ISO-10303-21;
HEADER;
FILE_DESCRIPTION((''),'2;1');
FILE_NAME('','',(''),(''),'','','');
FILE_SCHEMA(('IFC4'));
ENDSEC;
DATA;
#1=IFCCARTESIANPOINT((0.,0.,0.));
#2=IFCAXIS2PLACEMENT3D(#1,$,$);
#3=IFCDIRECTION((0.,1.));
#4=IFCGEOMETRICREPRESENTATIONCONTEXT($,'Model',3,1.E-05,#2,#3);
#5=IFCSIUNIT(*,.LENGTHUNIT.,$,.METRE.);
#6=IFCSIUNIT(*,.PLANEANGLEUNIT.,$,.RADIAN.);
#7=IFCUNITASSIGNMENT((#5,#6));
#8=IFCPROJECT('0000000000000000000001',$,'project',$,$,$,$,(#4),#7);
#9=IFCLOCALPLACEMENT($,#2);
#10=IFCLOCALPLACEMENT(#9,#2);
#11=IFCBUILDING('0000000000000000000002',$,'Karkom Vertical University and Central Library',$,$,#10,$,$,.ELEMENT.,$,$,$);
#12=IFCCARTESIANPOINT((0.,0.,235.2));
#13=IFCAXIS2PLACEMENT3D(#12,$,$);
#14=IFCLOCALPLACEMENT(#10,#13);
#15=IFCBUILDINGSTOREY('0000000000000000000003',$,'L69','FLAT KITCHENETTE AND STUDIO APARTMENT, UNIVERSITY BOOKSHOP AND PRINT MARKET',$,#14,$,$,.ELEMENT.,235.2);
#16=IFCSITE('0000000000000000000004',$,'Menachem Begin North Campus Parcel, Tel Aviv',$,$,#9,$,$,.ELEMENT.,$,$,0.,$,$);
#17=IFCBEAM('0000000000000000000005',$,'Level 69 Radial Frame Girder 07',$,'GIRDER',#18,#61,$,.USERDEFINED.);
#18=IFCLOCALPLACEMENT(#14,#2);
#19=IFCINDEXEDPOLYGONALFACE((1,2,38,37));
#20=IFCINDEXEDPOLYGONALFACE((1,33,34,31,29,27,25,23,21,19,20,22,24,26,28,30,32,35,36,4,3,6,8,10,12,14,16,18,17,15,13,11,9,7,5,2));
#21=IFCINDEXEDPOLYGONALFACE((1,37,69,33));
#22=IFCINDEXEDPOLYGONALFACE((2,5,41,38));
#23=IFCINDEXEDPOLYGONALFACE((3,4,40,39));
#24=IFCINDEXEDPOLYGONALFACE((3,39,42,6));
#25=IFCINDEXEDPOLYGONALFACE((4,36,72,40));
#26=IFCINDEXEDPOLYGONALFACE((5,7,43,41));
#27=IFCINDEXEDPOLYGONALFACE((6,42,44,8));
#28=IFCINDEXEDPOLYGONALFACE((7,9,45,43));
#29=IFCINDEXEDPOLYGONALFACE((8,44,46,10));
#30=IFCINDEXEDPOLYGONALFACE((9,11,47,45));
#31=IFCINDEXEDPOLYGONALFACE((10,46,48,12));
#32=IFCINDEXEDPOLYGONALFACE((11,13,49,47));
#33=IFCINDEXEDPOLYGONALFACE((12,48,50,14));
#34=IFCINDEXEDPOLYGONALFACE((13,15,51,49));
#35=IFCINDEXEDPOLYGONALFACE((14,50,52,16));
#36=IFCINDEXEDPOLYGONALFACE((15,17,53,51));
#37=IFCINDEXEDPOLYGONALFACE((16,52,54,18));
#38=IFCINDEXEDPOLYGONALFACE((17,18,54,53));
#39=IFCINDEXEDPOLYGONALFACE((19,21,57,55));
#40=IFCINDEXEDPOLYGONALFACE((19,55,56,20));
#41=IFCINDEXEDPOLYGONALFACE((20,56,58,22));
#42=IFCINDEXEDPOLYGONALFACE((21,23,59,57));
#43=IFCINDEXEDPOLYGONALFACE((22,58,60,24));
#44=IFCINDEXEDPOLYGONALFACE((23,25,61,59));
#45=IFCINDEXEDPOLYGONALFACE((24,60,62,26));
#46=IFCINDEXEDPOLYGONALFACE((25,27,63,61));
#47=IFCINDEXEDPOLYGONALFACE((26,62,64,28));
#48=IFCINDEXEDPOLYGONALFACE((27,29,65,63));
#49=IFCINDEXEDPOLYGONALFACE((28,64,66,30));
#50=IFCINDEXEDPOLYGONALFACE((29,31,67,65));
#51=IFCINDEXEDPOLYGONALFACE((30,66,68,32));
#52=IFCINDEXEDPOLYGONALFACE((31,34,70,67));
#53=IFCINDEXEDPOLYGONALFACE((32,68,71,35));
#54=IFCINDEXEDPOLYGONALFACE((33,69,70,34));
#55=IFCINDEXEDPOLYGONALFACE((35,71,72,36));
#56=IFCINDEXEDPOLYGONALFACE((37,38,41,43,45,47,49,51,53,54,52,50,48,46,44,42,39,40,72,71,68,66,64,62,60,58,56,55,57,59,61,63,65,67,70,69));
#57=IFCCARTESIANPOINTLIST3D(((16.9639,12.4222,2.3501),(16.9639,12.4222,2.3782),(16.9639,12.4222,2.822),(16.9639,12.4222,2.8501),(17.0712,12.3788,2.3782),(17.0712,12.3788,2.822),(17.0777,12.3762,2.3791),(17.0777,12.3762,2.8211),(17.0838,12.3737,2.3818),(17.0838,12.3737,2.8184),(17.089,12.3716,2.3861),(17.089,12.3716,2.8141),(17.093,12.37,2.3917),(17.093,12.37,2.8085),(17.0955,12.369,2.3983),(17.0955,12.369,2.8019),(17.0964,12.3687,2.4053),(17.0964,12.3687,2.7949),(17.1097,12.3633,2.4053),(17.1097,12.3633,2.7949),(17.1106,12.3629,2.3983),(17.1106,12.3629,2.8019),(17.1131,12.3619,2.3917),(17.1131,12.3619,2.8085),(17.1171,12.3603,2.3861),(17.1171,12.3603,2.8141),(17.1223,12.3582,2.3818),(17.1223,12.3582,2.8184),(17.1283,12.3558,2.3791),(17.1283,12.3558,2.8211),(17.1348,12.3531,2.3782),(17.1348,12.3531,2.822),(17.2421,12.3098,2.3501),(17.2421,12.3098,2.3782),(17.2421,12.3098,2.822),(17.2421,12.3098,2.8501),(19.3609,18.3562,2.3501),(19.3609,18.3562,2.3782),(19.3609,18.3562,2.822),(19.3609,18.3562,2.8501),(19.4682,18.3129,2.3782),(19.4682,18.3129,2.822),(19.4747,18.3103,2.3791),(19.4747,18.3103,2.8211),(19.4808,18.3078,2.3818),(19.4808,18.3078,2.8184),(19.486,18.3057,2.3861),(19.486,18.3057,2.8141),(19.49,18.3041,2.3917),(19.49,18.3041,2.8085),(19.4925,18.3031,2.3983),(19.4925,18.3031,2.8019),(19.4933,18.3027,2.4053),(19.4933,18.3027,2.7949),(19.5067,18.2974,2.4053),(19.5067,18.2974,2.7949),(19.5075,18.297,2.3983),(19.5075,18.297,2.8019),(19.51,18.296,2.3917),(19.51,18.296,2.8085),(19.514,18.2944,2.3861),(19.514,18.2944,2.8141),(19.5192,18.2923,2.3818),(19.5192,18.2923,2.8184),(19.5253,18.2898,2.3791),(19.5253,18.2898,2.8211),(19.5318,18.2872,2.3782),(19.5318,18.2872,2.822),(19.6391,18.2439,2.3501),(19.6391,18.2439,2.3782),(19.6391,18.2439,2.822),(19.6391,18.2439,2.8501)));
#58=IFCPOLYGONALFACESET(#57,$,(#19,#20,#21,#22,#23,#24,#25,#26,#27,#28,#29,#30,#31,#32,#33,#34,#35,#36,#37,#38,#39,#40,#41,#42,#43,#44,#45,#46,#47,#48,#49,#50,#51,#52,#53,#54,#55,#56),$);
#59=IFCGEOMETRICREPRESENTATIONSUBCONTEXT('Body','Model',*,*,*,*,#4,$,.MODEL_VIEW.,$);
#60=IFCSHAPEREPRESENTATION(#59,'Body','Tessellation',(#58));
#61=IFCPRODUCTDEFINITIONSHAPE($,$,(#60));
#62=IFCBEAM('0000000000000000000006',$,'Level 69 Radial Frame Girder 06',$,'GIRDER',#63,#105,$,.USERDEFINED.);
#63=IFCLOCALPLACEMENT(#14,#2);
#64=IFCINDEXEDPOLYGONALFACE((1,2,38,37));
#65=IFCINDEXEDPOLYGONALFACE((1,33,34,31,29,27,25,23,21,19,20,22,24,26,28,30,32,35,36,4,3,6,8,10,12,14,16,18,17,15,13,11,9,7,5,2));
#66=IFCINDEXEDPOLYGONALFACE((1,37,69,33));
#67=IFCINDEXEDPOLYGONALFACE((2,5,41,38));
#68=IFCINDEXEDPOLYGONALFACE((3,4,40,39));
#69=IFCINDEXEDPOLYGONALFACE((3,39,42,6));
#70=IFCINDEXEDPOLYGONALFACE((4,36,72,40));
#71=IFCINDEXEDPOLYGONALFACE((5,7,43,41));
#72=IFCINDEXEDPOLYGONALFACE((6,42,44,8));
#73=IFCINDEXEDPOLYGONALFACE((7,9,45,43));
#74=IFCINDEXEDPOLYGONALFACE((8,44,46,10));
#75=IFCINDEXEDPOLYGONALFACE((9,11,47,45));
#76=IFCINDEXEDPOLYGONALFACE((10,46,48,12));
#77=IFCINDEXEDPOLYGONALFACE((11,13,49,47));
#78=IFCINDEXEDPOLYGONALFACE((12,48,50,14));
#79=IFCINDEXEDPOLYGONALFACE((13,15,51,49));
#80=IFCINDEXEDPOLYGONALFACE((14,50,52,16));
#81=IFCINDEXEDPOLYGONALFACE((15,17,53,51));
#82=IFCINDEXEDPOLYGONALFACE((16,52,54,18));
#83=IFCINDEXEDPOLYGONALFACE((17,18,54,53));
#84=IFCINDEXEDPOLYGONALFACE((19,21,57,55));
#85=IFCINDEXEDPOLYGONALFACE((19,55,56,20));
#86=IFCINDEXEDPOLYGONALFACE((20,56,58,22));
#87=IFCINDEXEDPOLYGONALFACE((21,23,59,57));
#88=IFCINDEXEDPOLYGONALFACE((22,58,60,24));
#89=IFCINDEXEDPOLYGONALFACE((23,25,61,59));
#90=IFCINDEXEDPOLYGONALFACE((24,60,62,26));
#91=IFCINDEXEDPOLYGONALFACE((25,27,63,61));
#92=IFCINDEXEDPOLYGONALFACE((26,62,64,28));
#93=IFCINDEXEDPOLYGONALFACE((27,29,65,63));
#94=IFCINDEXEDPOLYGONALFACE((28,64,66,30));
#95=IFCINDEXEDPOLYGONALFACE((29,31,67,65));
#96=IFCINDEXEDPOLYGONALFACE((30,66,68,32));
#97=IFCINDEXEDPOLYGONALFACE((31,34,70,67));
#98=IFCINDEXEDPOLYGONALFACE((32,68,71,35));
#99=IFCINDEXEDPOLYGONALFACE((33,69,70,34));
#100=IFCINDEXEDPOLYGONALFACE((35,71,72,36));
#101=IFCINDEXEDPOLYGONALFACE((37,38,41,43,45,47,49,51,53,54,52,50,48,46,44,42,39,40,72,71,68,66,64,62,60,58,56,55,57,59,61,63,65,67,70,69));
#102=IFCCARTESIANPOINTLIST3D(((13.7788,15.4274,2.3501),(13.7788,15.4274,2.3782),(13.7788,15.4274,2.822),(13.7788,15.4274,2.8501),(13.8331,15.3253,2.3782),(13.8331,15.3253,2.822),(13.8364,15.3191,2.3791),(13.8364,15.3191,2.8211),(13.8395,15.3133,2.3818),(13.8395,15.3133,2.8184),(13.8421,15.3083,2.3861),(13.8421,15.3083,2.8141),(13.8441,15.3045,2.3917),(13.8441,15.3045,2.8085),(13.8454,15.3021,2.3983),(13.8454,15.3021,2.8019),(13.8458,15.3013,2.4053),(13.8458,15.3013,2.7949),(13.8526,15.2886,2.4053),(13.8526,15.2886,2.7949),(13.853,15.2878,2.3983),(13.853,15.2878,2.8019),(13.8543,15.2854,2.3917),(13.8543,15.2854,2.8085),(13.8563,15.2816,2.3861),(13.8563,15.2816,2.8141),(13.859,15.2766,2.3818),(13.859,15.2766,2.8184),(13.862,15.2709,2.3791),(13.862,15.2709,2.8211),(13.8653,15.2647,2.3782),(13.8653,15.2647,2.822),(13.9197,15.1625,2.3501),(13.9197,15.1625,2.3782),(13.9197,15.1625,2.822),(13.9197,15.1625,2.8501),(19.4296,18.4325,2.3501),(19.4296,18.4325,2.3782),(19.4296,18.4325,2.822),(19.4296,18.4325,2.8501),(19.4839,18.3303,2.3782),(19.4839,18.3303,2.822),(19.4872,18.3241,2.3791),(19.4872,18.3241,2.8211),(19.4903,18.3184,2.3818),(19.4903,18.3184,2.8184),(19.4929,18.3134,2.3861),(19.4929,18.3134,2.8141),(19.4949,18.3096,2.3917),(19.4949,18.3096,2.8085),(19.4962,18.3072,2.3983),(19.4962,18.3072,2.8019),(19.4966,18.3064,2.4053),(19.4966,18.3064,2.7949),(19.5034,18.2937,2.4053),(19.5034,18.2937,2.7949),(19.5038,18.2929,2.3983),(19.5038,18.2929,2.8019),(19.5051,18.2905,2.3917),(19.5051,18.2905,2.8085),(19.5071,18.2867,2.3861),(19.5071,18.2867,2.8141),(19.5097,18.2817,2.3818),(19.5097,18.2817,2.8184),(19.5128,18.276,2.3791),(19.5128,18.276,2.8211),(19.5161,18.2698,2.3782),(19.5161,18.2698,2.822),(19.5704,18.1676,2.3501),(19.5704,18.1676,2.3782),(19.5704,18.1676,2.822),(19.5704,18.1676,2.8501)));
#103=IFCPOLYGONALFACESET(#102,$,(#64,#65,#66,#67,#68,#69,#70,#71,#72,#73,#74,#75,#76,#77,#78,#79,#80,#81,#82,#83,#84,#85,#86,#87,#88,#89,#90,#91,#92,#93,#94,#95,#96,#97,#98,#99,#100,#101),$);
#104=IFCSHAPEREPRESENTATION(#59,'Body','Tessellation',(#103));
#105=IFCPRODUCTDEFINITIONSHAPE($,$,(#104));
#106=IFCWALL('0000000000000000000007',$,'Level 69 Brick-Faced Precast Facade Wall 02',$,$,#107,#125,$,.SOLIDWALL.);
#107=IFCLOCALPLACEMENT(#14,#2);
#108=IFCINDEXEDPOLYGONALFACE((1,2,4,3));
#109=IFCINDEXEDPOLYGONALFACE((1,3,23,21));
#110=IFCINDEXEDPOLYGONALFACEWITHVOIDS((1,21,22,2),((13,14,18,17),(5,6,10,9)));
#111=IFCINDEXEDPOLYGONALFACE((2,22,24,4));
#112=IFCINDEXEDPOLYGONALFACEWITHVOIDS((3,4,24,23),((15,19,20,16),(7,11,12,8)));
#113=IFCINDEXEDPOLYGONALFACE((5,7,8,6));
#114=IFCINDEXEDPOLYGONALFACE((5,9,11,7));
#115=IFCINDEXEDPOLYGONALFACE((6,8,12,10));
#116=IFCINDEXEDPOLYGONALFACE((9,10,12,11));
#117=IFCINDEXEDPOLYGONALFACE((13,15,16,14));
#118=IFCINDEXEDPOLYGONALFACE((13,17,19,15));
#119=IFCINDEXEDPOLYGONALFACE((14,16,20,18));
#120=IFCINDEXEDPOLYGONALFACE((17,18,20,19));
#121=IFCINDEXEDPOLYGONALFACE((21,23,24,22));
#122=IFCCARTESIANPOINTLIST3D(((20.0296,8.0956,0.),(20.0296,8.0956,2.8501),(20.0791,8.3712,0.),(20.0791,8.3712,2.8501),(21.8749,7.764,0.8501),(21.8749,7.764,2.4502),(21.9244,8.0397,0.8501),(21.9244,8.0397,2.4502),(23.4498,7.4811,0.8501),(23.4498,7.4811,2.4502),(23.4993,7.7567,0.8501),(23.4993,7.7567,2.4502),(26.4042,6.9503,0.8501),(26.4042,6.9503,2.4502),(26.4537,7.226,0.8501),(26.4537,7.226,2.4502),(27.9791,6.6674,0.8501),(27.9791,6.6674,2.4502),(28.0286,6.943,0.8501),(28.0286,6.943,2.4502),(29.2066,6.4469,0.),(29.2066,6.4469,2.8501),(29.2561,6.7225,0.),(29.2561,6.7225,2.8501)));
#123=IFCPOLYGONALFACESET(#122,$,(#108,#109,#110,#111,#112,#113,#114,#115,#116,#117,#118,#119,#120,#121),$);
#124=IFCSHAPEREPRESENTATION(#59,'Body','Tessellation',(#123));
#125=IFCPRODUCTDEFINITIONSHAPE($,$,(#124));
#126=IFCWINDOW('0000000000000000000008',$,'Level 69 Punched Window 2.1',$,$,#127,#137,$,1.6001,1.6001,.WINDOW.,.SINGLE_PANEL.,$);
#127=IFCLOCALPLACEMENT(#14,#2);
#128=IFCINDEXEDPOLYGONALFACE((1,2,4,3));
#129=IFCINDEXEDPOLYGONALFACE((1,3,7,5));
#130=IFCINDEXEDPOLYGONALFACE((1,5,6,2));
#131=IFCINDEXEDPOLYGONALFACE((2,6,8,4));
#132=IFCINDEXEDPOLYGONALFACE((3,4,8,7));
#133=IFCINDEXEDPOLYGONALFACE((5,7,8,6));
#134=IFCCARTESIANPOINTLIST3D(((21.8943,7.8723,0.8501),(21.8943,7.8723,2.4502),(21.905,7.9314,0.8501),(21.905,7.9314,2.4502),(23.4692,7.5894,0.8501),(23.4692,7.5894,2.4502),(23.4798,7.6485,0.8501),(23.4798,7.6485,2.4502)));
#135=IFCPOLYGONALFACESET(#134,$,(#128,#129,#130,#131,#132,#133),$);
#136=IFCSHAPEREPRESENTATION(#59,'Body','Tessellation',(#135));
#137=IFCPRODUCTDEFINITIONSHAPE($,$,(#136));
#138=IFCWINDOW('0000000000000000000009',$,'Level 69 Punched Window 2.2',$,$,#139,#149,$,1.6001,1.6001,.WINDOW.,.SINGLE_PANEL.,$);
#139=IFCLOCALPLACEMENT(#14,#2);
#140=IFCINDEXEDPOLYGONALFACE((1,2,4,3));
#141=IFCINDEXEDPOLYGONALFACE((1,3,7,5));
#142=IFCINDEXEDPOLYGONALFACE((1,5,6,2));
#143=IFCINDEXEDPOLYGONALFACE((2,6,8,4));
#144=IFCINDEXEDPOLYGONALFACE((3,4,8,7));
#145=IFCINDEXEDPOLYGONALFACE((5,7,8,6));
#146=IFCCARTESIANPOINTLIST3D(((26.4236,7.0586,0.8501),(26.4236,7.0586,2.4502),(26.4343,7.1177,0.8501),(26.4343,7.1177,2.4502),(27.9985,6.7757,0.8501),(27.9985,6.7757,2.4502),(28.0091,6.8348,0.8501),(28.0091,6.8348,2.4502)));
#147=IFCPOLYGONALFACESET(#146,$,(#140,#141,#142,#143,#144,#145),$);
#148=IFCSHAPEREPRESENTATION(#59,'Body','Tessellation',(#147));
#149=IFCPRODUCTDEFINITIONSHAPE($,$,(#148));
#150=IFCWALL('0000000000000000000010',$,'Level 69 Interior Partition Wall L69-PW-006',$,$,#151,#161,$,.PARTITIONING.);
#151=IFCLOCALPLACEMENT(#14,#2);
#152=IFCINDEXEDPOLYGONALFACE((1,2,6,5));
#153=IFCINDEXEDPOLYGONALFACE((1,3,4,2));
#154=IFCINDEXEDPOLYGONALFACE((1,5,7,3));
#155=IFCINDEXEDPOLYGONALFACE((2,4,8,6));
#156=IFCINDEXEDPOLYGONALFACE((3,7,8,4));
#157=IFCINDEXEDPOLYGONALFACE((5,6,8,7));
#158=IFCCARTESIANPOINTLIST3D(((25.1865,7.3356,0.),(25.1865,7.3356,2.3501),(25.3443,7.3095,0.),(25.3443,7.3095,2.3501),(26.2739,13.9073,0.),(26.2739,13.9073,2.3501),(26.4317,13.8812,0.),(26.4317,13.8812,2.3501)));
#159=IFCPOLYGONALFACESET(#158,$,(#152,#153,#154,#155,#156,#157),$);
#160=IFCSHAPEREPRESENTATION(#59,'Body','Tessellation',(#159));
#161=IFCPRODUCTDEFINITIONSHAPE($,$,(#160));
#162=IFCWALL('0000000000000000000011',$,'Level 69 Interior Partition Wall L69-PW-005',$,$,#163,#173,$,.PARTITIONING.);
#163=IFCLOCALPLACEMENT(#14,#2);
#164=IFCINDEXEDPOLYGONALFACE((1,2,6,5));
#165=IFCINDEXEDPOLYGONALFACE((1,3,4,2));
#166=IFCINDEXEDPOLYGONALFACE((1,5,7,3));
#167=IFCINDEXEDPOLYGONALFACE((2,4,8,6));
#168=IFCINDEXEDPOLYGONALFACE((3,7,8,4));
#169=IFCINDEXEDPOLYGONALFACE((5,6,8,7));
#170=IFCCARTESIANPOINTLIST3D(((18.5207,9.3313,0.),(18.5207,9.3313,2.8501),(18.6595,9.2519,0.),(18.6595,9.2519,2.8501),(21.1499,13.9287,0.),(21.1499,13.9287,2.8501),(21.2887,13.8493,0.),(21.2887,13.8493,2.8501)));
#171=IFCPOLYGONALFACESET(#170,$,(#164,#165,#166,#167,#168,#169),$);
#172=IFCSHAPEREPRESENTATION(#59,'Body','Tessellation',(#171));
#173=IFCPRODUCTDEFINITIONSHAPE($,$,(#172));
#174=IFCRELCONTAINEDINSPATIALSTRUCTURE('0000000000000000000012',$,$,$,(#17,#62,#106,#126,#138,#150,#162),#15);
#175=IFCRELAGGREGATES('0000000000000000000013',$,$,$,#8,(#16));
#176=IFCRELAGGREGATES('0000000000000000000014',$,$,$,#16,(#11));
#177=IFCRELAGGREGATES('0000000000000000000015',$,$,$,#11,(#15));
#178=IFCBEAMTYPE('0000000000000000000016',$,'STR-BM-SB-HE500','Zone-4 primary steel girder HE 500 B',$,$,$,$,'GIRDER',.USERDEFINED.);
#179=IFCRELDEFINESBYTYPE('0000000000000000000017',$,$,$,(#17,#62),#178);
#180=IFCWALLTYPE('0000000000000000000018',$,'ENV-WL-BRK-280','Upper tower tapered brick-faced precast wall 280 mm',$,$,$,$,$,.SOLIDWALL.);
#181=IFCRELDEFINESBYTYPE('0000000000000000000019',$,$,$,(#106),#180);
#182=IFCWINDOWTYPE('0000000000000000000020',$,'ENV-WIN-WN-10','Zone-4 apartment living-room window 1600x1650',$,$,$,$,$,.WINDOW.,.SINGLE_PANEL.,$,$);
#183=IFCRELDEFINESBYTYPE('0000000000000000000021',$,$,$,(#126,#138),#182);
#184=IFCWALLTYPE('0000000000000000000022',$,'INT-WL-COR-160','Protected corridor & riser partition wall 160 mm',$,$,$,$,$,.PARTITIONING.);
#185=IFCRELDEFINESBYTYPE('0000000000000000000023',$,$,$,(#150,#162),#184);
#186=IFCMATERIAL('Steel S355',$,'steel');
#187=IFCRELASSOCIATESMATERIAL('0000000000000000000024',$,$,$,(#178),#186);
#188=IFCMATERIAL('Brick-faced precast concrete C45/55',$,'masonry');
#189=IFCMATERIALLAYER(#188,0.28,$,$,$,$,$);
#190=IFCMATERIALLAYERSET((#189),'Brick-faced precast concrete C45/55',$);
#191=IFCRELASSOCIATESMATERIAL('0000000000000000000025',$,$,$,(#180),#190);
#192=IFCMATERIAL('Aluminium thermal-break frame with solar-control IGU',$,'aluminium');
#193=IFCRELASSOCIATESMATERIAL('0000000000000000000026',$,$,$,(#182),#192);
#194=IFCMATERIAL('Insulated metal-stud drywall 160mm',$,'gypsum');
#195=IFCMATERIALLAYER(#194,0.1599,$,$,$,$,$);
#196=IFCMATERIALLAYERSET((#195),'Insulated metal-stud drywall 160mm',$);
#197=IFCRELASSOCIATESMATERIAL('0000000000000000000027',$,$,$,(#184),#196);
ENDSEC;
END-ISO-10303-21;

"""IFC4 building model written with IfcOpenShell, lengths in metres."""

from ifc_helpers import new_model, si_unit, direction, frame, frame_2d, origin, origin_with_axes, origin_2d, place, context, subcontext, project, spatial, rectangle, i_section, extrude, source, transform, mapped, material, layer, layer_set, material_profile, profile_set, type_object, element, fill, save


model = new_model("IFC4")

# Units and contexts
model_context = context("Model", 3, precision=1e-05, world=origin(), true_north=direction((0.0, 1.0)))
body_context = subcontext(model_context, "Body", "Model", "MODEL_VIEW")
ifc_project = project(units=[si_unit("LENGTHUNIT", "METRE"), si_unit("PLANEANGLEUNIT", "RADIAN")], contexts=[model_context])

# Site, building, storey
site_placement = place(None, origin())
site = spatial("IfcSite", under=ifc_project, at=site_placement, Name="Menachem Begin North Campus Parcel, Tel Aviv", CompositionType="ELEMENT", RefElevation=0.0)
building_placement = place(site_placement, origin())
building = spatial("IfcBuilding", under=site, at=building_placement, Name="Karkom Vertical University and Central Library", CompositionType="ELEMENT")
storey_placement = place(building_placement, frame((0.0, 0.0, 235.2)))
storey = spatial("IfcBuildingStorey", under=building, at=storey_placement, Name="L69", Description="FLAT KITCHENETTE AND STUDIO APARTMENT, UNIVERSITY BOOKSHOP AND PRINT MARKET", CompositionType="ELEMENT", Elevation=235.2)

# Beams
ifc_material_1 = material(Name="Steel S355", Category="steel")
ifc_material_profile_1 = material_profile(ifc_material_1, i_section(OverallWidth=0.3, OverallDepth=0.5, WebThickness=0.0144, FlangeThickness=0.0281, FilletRadius=0.0271, at=origin_2d()), Name="HE 500 B")
ifc_profile_set_1 = profile_set([ifc_material_profile_1], Name="Steel S355")
beam_type_1 = type_object("IfcBeamType", Name="STR-BM-SB-HE500", Description="Zone-4 primary steel girder HE 500 B", ElementType="GIRDER", PredefinedType="USERDEFINED", material=ifc_profile_set_1)
shared_shape_1 = source(origin_with_axes(), body_context, "Body", "SweptSolid", [
    extrude(i_section(OverallWidth=0.3, OverallDepth=0.5, WebThickness=0.0144, FlangeThickness=0.0281, FilletRadius=0.0271, at=origin_2d()), origin(), (0.0, 0.0, 1.0), 6.3999),
])
beam_1_placement = place(storey_placement, frame((19.5, 18.3, 2.6001), z_axis=(-0.374532, -0.927214, 0.0), x_axis=(0.927214, -0.374532, 0.0)))
element("IfcBeam", 1, at=beam_1_placement, inside=storey, type_object=beam_type_1, Name="Level 69 Radial Frame Girder 07", ObjectType="GIRDER", PredefinedType="USERDEFINED", context=body_context, shape_type="MappedRepresentation", body=[
    mapped(shared_shape_1, transform((0.0, 0.0, 0.0), scale=1.0)),
])
shared_shape_2 = source(origin_with_axes(), body_context, "Body", "SweptSolid", [
    extrude(i_section(OverallWidth=0.3, OverallDepth=0.5, WebThickness=0.0144, FlangeThickness=0.0281, FilletRadius=0.0271, at=origin_2d()), origin(), (0.0, 0.0, 1.0), 6.4001),
])
beam_2_placement = place(storey_placement, frame((19.5, 18.3, 2.6001), z_axis=(-0.882915, -0.469533, 0.0), x_axis=(0.469533, -0.882915, 0.0)))
element("IfcBeam", 2, at=beam_2_placement, inside=storey, type_object=beam_type_1, Name="Level 69 Radial Frame Girder 06", ObjectType="GIRDER", PredefinedType="USERDEFINED", context=body_context, shape_type="MappedRepresentation", body=[
    mapped(shared_shape_2, transform((0.0, 0.0, 0.0), scale=1.0)),
])

# Wall, openings, windows
ifc_material_2 = material(Name="Brick-faced precast concrete C45/55", Category="masonry")
ifc_layer_1 = layer(ifc_material_2, 0.28)
ifc_layer_set_1 = layer_set([ifc_layer_1], Name="Brick-faced precast concrete C45/55")
wall_type_1 = type_object("IfcWallType", Name="ENV-WL-BRK-280", Description="Upper tower tapered brick-faced precast wall 280 mm", PredefinedType="SOLIDWALL", material=ifc_layer_set_1)
wall_1_placement = place(storey_placement, frame((20.0542, 8.2334, 0.0), z_axis=(0.0, 0.0, 1.0), x_axis=(0.984243, -0.176823, 0.0)))
wall_1 = element("IfcWall", 3, at=wall_1_placement, inside=storey, type_object=wall_type_1, Name="Level 69 Brick-Faced Precast Facade Wall 02", PredefinedType="SOLIDWALL", context=body_context, shape_type="SweptSolid", body=[
    extrude(rectangle(XDim=9.324, YDim=0.28, at=frame_2d((4.6621, 0.0))), origin(), (0.0, 0.0, 1.0), 2.8501),
])
opening_1_placement = place(wall_1_placement, frame((1.875, 0.0, 0.8501)))
opening_1 = element("IfcOpeningElement", 4, at=opening_1_placement, cuts=wall_1, PredefinedType="OPENING", context=body_context, shape_type="SweptSolid", body=[
    extrude(rectangle(XDim=1.6001, YDim=1.6001, at=frame_2d((0.8, 0.8))), frame((0.0, 0.1499, 0.0), z_axis=(0.0, -1.0, 0.0), x_axis=(1.0, 0.0, 0.0)), (0.0, 0.0, 1.0), 0.3),
])
opening_2_placement = place(wall_1_placement, frame((6.4768, 0.0, 0.8501)))
opening_2 = element("IfcOpeningElement", 5, at=opening_2_placement, cuts=wall_1, PredefinedType="OPENING", context=body_context, shape_type="SweptSolid", body=[
    extrude(rectangle(XDim=1.6001, YDim=1.6001, at=frame_2d((0.8, 0.8))), frame((0.0, 0.1499, 0.0), z_axis=(0.0, -1.0, 0.0), x_axis=(1.0, 0.0, 0.0)), (0.0, 0.0, 1.0), 0.3),
])
ifc_material_3 = material(Name="Aluminium thermal-break frame with solar-control IGU", Category="aluminium")
window_type = type_object("IfcWindowType", Name="ENV-WIN-WN-10", Description="Zone-4 apartment living-room window 1600x1650", PartitioningType="SINGLE_PANEL", PredefinedType="WINDOW", material=ifc_material_3)
shared_shape_3 = source(origin_with_axes(), body_context, "Body", "SweptSolid", [
    extrude(rectangle(XDim=1.6001, YDim=1.6001, at=frame_2d((0.8, 0.8))), frame((0.0, 0.03, 0.0), z_axis=(0.0, -1.0, 0.0), x_axis=(1.0, 0.0, 0.0)), (0.0, 0.0, 1.0), 0.0601),
])
window_1_placement = place(opening_1_placement, origin())
window_1 = element("IfcWindow", 6, at=window_1_placement, inside=storey, type_object=window_type, Name="Level 69 Punched Window 2.1", OverallHeight=1.6001, OverallWidth=1.6001, PartitioningType="SINGLE_PANEL", PredefinedType="WINDOW", context=body_context, shape_type="MappedRepresentation", body=[
    mapped(shared_shape_3, transform((0.0, 0.0, 0.0), scale=1.0)),
])
fill(opening_1, window_1)
window_2_placement = place(opening_2_placement, origin())
window_2 = element("IfcWindow", 7, at=window_2_placement, inside=storey, type_object=window_type, Name="Level 69 Punched Window 2.2", OverallHeight=1.6001, OverallWidth=1.6001, PartitioningType="SINGLE_PANEL", PredefinedType="WINDOW", context=body_context, shape_type="MappedRepresentation", body=[
    mapped(shared_shape_3, transform((0.0, 0.0, 0.0), scale=1.0)),
])
fill(opening_2, window_2)

# Walls
ifc_material_4 = material(Name="Insulated metal-stud drywall 160mm", Category="gypsum")
ifc_layer_2 = layer(ifc_material_4, 0.1599)
ifc_layer_set_2 = layer_set([ifc_layer_2], Name="Insulated metal-stud drywall 160mm")
wall_type_2 = type_object("IfcWallType", Name="INT-WL-COR-160", Description="Protected corridor & riser partition wall 160 mm", PredefinedType="PARTITIONING", material=ifc_layer_set_2)
wall_2_placement = place(storey_placement, frame((26.3528, 13.8943, 0.0), z_axis=(0.0, 0.0, 1.0), x_axis=(-0.163246, -0.986585, 0.0)))
element("IfcWall", 8, at=wall_2_placement, inside=storey, type_object=wall_type_2, Name="Level 69 Interior Partition Wall L69-PW-006", PredefinedType="PARTITIONING", context=body_context, shape_type="SweptSolid", body=[
    extrude(rectangle(XDim=6.6611, YDim=0.1599, at=frame_2d((3.3306, 0.0))), origin(), (0.0, 0.0, 1.0), 2.3501),
])
wall_3_placement = place(storey_placement, frame((21.2192, 13.8889, 0.0), z_axis=(0.0, 0.0, 1.0), x_axis=(-0.496432, -0.868076, 0.0)))
element("IfcWall", 9, at=wall_3_placement, inside=storey, type_object=wall_type_2, Name="Level 69 Interior Partition Wall L69-PW-005", PredefinedType="PARTITIONING", context=body_context, shape_type="SweptSolid", body=[
    extrude(rectangle(XDim=5.2961, YDim=0.1599, at=frame_2d((2.6479, 0.0))), origin(), (0.0, 0.0, 1.0), 2.8501),
])

save(model, "model.ifc")
